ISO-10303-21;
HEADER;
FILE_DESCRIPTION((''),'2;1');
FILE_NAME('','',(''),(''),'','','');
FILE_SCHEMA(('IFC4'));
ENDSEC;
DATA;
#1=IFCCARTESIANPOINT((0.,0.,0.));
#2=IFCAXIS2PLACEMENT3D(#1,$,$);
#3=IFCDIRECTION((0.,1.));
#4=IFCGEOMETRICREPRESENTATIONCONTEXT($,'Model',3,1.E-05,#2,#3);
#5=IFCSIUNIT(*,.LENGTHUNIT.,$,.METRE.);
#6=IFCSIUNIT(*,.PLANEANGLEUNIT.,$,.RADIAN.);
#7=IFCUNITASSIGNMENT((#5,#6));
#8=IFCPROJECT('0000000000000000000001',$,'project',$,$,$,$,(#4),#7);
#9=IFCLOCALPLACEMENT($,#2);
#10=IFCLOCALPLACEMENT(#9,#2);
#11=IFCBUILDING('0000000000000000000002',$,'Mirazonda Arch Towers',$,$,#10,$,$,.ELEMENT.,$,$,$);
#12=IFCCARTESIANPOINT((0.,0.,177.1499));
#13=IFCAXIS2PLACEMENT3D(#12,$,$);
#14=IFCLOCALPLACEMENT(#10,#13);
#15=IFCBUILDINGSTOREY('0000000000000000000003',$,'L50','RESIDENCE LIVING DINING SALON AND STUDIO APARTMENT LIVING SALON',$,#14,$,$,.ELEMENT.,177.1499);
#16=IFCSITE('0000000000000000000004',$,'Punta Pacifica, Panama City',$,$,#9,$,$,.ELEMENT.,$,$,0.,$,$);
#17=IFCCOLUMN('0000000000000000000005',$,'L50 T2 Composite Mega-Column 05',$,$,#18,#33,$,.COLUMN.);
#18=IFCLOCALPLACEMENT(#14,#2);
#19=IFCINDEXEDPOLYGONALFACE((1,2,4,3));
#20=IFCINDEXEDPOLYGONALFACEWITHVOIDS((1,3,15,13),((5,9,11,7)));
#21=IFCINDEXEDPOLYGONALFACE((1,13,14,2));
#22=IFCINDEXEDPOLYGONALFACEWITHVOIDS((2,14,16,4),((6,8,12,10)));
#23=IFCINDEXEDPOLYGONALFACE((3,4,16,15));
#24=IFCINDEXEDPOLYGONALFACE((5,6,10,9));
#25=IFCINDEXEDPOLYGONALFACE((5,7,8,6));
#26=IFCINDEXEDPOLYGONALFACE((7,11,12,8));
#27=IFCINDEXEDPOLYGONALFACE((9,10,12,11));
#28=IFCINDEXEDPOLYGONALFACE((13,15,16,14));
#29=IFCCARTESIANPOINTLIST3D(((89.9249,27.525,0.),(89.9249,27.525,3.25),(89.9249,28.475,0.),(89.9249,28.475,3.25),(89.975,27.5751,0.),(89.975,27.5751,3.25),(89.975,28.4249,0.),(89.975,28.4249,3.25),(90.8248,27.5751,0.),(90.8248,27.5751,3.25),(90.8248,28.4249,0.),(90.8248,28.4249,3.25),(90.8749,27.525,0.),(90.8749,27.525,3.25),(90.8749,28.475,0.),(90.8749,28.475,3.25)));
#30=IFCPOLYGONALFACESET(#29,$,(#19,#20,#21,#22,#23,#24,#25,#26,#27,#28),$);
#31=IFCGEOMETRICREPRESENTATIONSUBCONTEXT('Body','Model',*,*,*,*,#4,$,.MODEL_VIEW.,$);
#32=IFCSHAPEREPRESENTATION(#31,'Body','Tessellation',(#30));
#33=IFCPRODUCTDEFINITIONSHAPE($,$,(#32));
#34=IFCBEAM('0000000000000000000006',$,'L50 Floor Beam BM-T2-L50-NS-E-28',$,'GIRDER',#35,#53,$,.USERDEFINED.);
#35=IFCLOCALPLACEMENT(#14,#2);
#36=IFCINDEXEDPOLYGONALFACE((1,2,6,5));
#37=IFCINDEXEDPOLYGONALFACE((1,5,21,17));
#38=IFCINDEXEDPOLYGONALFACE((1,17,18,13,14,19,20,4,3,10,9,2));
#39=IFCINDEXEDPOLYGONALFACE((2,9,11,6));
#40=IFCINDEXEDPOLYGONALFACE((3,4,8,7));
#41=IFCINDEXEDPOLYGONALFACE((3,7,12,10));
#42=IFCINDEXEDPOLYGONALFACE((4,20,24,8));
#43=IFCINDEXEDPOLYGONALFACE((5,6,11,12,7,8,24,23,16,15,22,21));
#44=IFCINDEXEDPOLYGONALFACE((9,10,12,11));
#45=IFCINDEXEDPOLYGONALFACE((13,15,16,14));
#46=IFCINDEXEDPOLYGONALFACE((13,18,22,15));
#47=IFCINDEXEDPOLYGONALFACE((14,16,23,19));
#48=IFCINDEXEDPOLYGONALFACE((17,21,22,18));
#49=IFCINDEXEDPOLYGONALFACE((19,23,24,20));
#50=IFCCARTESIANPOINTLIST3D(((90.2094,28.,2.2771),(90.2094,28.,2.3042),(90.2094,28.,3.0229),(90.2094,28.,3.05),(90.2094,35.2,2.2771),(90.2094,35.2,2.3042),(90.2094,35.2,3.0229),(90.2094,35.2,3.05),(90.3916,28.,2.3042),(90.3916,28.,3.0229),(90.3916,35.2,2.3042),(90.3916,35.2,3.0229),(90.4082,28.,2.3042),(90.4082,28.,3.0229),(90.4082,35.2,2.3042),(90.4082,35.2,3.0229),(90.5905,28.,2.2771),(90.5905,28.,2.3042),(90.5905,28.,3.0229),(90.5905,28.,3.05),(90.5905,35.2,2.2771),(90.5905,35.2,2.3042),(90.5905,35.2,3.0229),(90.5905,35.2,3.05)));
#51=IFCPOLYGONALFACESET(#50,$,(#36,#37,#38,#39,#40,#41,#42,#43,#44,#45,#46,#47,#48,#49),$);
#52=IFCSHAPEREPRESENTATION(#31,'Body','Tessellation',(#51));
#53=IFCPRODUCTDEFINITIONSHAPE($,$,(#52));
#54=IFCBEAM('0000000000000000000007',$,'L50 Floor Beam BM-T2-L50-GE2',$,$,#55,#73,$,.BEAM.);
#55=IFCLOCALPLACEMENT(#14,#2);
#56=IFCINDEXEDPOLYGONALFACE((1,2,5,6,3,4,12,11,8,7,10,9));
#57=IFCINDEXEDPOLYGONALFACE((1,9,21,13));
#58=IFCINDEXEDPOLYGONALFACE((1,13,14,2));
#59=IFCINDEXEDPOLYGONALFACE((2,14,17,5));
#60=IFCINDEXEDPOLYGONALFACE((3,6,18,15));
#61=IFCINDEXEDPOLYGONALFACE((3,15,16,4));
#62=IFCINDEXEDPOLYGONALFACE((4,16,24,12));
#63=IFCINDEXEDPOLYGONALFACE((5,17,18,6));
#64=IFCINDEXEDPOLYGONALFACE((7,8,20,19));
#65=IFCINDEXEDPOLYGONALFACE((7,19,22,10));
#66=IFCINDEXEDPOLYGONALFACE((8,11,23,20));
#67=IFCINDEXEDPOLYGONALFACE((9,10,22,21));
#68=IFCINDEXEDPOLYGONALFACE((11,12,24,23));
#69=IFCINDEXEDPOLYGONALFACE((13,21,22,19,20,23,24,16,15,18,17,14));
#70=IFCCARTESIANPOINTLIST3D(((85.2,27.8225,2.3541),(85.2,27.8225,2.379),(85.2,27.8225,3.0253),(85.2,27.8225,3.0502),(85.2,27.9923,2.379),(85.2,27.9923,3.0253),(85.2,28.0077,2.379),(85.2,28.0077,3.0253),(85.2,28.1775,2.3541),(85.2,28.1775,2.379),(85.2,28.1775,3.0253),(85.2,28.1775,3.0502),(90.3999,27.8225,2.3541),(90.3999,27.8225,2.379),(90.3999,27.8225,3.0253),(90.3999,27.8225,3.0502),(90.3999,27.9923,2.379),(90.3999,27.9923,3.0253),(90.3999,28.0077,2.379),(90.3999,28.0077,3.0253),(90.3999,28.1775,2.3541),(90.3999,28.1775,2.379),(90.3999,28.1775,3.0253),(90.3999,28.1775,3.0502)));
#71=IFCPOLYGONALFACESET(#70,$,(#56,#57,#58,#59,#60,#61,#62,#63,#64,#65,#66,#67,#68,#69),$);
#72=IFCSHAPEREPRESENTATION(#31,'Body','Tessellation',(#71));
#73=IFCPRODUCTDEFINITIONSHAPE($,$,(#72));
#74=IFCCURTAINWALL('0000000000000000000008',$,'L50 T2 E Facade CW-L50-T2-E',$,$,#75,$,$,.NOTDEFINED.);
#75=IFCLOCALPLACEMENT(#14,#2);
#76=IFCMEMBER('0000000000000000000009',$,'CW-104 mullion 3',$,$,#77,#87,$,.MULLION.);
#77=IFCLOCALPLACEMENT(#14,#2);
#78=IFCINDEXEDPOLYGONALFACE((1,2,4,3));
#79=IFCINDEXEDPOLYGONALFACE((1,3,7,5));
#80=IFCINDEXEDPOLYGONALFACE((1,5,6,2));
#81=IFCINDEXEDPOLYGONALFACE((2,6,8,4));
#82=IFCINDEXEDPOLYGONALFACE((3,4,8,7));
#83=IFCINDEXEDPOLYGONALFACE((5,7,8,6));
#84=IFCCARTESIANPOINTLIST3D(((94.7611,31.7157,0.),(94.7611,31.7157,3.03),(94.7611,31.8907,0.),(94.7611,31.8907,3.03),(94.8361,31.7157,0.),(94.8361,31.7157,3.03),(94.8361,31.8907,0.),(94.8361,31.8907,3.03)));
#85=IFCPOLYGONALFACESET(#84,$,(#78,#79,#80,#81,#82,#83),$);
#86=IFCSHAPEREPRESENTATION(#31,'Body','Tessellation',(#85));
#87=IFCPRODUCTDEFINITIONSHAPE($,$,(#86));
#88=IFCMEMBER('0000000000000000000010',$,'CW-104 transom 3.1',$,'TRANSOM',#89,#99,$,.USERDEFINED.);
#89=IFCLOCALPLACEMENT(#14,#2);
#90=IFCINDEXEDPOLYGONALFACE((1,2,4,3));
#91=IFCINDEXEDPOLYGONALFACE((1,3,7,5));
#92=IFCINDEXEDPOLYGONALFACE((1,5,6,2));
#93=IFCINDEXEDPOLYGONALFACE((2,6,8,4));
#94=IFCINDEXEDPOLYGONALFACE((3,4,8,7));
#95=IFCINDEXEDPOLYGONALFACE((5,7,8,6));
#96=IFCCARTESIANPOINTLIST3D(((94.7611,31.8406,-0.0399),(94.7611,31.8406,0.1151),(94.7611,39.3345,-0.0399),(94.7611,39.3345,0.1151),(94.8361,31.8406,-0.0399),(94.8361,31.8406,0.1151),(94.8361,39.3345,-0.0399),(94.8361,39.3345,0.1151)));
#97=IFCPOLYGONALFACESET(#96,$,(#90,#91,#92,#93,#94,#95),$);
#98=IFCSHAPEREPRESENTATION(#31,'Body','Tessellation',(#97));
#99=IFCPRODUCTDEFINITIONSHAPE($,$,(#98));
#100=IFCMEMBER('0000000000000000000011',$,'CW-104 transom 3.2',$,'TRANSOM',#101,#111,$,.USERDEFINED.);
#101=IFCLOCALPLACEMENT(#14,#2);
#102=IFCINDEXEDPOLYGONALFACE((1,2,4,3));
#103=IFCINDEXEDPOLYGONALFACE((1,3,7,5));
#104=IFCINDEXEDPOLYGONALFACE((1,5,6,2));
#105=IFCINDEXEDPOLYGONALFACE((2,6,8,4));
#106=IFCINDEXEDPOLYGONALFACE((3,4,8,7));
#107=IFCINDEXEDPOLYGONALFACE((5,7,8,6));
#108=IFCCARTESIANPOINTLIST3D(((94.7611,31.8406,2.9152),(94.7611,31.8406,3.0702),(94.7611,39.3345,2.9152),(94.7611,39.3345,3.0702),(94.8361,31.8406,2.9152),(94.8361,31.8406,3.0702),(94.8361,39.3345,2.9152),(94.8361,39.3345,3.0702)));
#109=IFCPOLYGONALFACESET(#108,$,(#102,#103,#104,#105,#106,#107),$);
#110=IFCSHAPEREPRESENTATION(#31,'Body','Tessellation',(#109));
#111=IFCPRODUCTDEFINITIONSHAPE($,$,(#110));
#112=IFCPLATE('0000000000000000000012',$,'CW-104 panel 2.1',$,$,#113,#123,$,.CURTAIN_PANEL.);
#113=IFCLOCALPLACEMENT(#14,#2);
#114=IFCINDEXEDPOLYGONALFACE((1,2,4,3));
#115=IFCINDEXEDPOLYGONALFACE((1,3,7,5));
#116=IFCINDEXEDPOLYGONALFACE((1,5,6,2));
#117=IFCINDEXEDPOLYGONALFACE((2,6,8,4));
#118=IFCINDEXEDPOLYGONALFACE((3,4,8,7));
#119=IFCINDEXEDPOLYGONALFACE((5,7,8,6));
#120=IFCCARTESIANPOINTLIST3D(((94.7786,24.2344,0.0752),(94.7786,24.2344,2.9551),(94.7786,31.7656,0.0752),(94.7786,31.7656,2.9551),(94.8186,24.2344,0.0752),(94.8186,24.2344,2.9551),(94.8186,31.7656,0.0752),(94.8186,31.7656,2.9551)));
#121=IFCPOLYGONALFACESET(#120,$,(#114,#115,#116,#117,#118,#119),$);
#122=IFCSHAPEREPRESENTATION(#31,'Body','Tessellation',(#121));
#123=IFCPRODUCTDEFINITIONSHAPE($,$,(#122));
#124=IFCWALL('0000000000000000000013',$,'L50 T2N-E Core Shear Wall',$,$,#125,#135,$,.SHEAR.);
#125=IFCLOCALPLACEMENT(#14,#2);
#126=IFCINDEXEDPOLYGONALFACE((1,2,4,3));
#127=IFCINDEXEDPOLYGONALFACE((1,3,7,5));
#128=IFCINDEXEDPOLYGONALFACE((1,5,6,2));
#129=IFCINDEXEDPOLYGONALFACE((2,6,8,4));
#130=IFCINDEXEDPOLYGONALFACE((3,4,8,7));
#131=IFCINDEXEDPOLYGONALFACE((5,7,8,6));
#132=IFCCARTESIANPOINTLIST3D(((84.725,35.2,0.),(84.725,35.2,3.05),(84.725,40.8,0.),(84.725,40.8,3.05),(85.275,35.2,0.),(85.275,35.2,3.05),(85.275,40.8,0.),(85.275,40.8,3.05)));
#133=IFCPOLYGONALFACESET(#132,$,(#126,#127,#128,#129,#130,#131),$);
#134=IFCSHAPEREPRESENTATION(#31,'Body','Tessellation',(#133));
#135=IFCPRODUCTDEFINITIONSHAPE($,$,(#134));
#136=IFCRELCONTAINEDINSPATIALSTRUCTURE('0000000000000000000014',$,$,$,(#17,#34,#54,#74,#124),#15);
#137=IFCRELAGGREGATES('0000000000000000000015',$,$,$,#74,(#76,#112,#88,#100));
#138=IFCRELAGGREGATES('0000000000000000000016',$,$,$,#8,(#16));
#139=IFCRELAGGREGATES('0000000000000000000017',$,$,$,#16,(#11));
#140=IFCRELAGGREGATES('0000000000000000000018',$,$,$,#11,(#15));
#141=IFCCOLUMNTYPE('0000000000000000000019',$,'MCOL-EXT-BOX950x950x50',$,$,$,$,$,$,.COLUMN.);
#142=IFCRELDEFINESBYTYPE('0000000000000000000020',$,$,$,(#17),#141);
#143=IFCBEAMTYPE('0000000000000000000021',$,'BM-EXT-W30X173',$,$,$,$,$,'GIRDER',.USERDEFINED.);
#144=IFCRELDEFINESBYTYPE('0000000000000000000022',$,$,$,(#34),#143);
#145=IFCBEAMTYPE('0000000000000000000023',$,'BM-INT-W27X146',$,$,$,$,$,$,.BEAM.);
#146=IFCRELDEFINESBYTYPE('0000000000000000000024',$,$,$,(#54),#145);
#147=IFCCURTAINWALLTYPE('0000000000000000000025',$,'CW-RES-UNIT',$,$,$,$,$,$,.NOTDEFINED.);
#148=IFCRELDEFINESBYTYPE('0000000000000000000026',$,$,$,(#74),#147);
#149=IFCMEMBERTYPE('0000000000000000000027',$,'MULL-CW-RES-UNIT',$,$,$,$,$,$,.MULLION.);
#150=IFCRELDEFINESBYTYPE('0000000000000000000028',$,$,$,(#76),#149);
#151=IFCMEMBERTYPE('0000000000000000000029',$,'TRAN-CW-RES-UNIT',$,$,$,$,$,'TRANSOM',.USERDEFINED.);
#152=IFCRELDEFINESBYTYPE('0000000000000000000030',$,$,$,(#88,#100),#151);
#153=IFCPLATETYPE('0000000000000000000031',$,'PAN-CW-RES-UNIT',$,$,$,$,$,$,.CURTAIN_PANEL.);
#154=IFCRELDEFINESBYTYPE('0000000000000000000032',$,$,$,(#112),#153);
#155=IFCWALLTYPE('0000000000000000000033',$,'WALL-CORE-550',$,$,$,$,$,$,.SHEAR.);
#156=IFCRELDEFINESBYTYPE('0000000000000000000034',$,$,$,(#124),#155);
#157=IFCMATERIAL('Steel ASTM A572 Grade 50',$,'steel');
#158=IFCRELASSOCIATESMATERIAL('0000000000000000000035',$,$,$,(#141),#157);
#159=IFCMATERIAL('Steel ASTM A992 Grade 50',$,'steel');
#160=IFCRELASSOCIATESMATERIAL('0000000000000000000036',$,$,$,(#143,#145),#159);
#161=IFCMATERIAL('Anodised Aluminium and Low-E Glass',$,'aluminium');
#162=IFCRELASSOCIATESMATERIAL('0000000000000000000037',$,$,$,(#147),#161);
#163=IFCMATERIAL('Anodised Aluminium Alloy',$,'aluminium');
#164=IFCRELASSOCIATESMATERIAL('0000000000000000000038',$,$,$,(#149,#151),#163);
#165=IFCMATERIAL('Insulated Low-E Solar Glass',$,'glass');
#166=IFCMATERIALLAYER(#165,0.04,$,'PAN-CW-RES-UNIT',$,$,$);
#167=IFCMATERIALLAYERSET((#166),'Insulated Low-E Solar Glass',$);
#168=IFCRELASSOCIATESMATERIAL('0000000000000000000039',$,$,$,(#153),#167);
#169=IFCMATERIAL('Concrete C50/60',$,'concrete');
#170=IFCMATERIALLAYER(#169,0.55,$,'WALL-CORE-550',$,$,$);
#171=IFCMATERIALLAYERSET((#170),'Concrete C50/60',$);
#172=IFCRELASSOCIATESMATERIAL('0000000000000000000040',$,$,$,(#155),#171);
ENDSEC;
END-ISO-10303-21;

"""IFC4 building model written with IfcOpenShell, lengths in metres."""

from ifc_helpers import new_model, si_unit, direction, frame, frame_2d, origin, origin_2d, place, context, subcontext, project, spatial, rectangle, hollow_rectangle, i_section, extrude, material, layer, layer_set, material_profile, profile_set, type_object, element, aggregate, save


model = new_model("IFC4")

# Units and contexts
model_context = context("Model", 3, precision=1e-05, world=origin(), true_north=direction((0.0, 1.0)))
body_context = subcontext(model_context, "Body", "Model", "MODEL_VIEW")
ifc_project = project(units=[si_unit("LENGTHUNIT", "METRE"), si_unit("PLANEANGLEUNIT", "RADIAN")], contexts=[model_context])

# Site, building, storey
site_placement = place(None, origin())
site = spatial("IfcSite", under=ifc_project, at=site_placement, Name="Punta Pacifica, Panama City", CompositionType="ELEMENT", RefElevation=0.0)
building_placement = place(site_placement, origin())
building = spatial("IfcBuilding", under=site, at=building_placement, Name="Mirazonda Arch Towers", CompositionType="ELEMENT")
storey_placement = place(building_placement, frame((0.0, 0.0, 177.1499)))
storey = spatial("IfcBuildingStorey", under=building, at=storey_placement, Name="L50", Description="RESIDENCE LIVING DINING SALON AND STUDIO APARTMENT LIVING SALON", CompositionType="ELEMENT", Elevation=177.1499)

# Column
ifc_material_1 = material(Name="Steel ASTM A572 Grade 50", Category="steel")
ifc_material_profile_1 = material_profile(ifc_material_1, hollow_rectangle(XDim=0.95, YDim=0.95, WallThickness=0.05, at=origin_2d()), Name="BOX950x950x50")
ifc_profile_set_1 = profile_set([ifc_material_profile_1], Name="Steel ASTM A572 Grade 50")
column_type = type_object("IfcColumnType", Name="MCOL-EXT-BOX950x950x50", PredefinedType="COLUMN", material=ifc_profile_set_1)
column_placement = place(storey_placement, frame((90.3999, 28.0, 0.0), z_axis=(0.0, 0.0, 1.0), x_axis=(1.0, 0.0, 0.0)))
element("IfcColumn", 1, at=column_placement, inside=storey, type_object=column_type, Name="L50 T2 Composite Mega-Column 05", PredefinedType="COLUMN", context=body_context, shape_type="SweptSolid", body=[
    extrude(hollow_rectangle(XDim=0.95, YDim=0.95, WallThickness=0.05, at=origin_2d()), origin(), (0.0, 0.0, 1.0), 3.25),
])

# Beams
ifc_material_2 = material(Name="Steel ASTM A992 Grade 50", Category="steel")
ifc_material_profile_2 = material_profile(ifc_material_2, i_section(OverallWidth=0.3811, OverallDepth=0.7729, WebThickness=0.0166, FlangeThickness=0.0271, at=origin_2d()), Name="W30X173")
ifc_profile_set_2 = profile_set([ifc_material_profile_2], Name="Steel ASTM A992 Grade 50")
beam_type_1 = type_object("IfcBeamType", Name="BM-EXT-W30X173", ElementType="GIRDER", PredefinedType="USERDEFINED", material=ifc_profile_set_2)
beam_1_placement = place(storey_placement, frame((90.3999, 28.0, 2.6636), z_axis=(0.0, 1.0, 0.0), x_axis=(-1.0, 0.0, 0.0)))
element("IfcBeam", 2, at=beam_1_placement, inside=storey, type_object=beam_type_1, Name="L50 Floor Beam BM-T2-L50-NS-E-28", ObjectType="GIRDER", PredefinedType="USERDEFINED", context=body_context, shape_type="SweptSolid", body=[
    extrude(i_section(OverallWidth=0.3811, OverallDepth=0.7729, WebThickness=0.0166, FlangeThickness=0.0271, at=origin_2d()), origin(), (0.0, 0.0, 1.0), 7.2),
])
ifc_material_profile_3 = material_profile(ifc_material_2, i_section(OverallWidth=0.355, OverallDepth=0.696, WebThickness=0.0154, FlangeThickness=0.0249, at=origin_2d()), Name="W27X146")
ifc_profile_set_3 = profile_set([ifc_material_profile_3], Name="Steel ASTM A992 Grade 50")
beam_type_2 = type_object("IfcBeamType", Name="BM-INT-W27X146", PredefinedType="BEAM", material=ifc_profile_set_3)
beam_2_placement = place(storey_placement, frame((85.2, 28.0, 2.7021), z_axis=(1.0, 0.0, 0.0), x_axis=(0.0, 1.0, 0.0)))
element("IfcBeam", 3, at=beam_2_placement, inside=storey, type_object=beam_type_2, Name="L50 Floor Beam BM-T2-L50-GE2", PredefinedType="BEAM", context=body_context, shape_type="SweptSolid", body=[
    extrude(i_section(OverallWidth=0.355, OverallDepth=0.696, WebThickness=0.0154, FlangeThickness=0.0249, at=origin_2d()), origin(), (0.0, 0.0, 1.0), 5.2),
])

# Curtain wall, members, plate
ifc_material_3 = material(Name="Anodised Aluminium and Low-E Glass", Category="aluminium")
curtain_wall_type = type_object("IfcCurtainWallType", Name="CW-RES-UNIT", PredefinedType="NOTDEFINED", material=ifc_material_3)
curtain_wall_placement = place(storey_placement, origin())
curtain_wall = element("IfcCurtainWall", 4, at=curtain_wall_placement, inside=storey, type_object=curtain_wall_type, Name="L50 T2 E Facade CW-L50-T2-E", PredefinedType="NOTDEFINED")
ifc_material_4 = material(Name="Anodised Aluminium Alloy", Category="aluminium")
ifc_material_profile_4 = material_profile(ifc_material_4, rectangle(XDim=0.075, YDim=0.175, at=origin_2d()), Name="ALU-MULL-75x175")
ifc_profile_set_4 = profile_set([ifc_material_profile_4], Name="Anodised Aluminium Alloy")
member_type_1 = type_object("IfcMemberType", Name="MULL-CW-RES-UNIT", PredefinedType="MULLION", material=ifc_profile_set_4)
member_1_placement = place(storey_placement, frame((94.7986, 31.8032, 0.0), z_axis=(0.0, 0.0, 1.0), x_axis=(-1.0, 0.0, 0.0)))
member_1 = element("IfcMember", 5, at=member_1_placement, type_object=member_type_1, Name="CW-104 mullion 3", PredefinedType="MULLION", context=body_context, shape_type="SweptSolid", body=[
    extrude(rectangle(XDim=0.075, YDim=0.175, at=origin_2d()), origin(), (0.0, 0.0, 1.0), 3.03),
])
ifc_material_profile_5 = material_profile(ifc_material_4, rectangle(XDim=0.075, YDim=0.155, at=origin_2d()), Name="ALU-TRAN-75x155")
ifc_profile_set_5 = profile_set([ifc_material_profile_5], Name="Anodised Aluminium Alloy")
member_type_2 = type_object("IfcMemberType", Name="TRAN-CW-RES-UNIT", ElementType="TRANSOM", PredefinedType="USERDEFINED", material=ifc_profile_set_5)
member_2_placement = place(storey_placement, frame((94.7986, 31.8406, 0.0376), z_axis=(0.0, 1.0, 0.0), x_axis=(-1.0, 0.0, 0.0)))
member_2 = element("IfcMember", 6, at=member_2_placement, type_object=member_type_2, Name="CW-104 transom 3.1", ObjectType="TRANSOM", PredefinedType="USERDEFINED", context=body_context, shape_type="SweptSolid", body=[
    extrude(rectangle(XDim=0.075, YDim=0.155, at=origin_2d()), origin(), (0.0, 0.0, 1.0), 7.4939),
])
member_3_placement = place(storey_placement, frame((94.7986, 31.8406, 2.9927), z_axis=(0.0, 1.0, 0.0), x_axis=(-1.0, 0.0, 0.0)))
member_3 = element("IfcMember", 7, at=member_3_placement, type_object=member_type_2, Name="CW-104 transom 3.2", ObjectType="TRANSOM", PredefinedType="USERDEFINED", context=body_context, shape_type="SweptSolid", body=[
    extrude(rectangle(XDim=0.075, YDim=0.155, at=origin_2d()), origin(), (0.0, 0.0, 1.0), 7.4939),
])
ifc_material_5 = material(Name="Insulated Low-E Solar Glass", Category="glass")
ifc_layer_1 = layer(ifc_material_5, 0.04, Name="PAN-CW-RES-UNIT")
ifc_layer_set_1 = layer_set([ifc_layer_1], Name="Insulated Low-E Solar Glass")
plate_type = type_object("IfcPlateType", Name="PAN-CW-RES-UNIT", PredefinedType="CURTAIN_PANEL", material=ifc_layer_set_1)
plate_placement = place(storey_placement, frame((94.7986, 28.0, 0.0752), z_axis=(0.0, 0.0, 1.0), x_axis=(0.0, 1.0, 0.0)))
plate = element("IfcPlate", 8, at=plate_placement, type_object=plate_type, Name="CW-104 panel 2.1", PredefinedType="CURTAIN_PANEL", context=body_context, shape_type="SweptSolid", body=[
    extrude(rectangle(XDim=7.5312, YDim=0.04, at=origin_2d()), origin(), (0.0, 0.0, 1.0), 2.8799),
])
aggregate(curtain_wall, [member_1, plate, member_2, member_3])

# Wall
ifc_material_6 = material(Name="Concrete C50/60", Category="concrete")
ifc_layer_2 = layer(ifc_material_6, 0.55, Name="WALL-CORE-550")
ifc_layer_set_2 = layer_set([ifc_layer_2], Name="Concrete C50/60")
wall_type_1 = type_object("IfcWallType", Name="WALL-CORE-550", PredefinedType="SHEAR", material=ifc_layer_set_2)
wall_1_placement = place(storey_placement, frame((85.0, 35.2, 0.0), z_axis=(0.0, 0.0, 1.0), x_axis=(0.0, 1.0, 0.0)))
element("IfcWall", 9, at=wall_1_placement, inside=storey, type_object=wall_type_1, Name="L50 T2N-E Core Shear Wall", PredefinedType="SHEAR", context=body_context, shape_type="SweptSolid", body=[
    extrude(rectangle(XDim=5.6001, YDim=0.55, at=frame_2d((2.8, 0.0))), origin(), (0.0, 0.0, 1.0), 3.05),
])

save(model, "model.ifc")
